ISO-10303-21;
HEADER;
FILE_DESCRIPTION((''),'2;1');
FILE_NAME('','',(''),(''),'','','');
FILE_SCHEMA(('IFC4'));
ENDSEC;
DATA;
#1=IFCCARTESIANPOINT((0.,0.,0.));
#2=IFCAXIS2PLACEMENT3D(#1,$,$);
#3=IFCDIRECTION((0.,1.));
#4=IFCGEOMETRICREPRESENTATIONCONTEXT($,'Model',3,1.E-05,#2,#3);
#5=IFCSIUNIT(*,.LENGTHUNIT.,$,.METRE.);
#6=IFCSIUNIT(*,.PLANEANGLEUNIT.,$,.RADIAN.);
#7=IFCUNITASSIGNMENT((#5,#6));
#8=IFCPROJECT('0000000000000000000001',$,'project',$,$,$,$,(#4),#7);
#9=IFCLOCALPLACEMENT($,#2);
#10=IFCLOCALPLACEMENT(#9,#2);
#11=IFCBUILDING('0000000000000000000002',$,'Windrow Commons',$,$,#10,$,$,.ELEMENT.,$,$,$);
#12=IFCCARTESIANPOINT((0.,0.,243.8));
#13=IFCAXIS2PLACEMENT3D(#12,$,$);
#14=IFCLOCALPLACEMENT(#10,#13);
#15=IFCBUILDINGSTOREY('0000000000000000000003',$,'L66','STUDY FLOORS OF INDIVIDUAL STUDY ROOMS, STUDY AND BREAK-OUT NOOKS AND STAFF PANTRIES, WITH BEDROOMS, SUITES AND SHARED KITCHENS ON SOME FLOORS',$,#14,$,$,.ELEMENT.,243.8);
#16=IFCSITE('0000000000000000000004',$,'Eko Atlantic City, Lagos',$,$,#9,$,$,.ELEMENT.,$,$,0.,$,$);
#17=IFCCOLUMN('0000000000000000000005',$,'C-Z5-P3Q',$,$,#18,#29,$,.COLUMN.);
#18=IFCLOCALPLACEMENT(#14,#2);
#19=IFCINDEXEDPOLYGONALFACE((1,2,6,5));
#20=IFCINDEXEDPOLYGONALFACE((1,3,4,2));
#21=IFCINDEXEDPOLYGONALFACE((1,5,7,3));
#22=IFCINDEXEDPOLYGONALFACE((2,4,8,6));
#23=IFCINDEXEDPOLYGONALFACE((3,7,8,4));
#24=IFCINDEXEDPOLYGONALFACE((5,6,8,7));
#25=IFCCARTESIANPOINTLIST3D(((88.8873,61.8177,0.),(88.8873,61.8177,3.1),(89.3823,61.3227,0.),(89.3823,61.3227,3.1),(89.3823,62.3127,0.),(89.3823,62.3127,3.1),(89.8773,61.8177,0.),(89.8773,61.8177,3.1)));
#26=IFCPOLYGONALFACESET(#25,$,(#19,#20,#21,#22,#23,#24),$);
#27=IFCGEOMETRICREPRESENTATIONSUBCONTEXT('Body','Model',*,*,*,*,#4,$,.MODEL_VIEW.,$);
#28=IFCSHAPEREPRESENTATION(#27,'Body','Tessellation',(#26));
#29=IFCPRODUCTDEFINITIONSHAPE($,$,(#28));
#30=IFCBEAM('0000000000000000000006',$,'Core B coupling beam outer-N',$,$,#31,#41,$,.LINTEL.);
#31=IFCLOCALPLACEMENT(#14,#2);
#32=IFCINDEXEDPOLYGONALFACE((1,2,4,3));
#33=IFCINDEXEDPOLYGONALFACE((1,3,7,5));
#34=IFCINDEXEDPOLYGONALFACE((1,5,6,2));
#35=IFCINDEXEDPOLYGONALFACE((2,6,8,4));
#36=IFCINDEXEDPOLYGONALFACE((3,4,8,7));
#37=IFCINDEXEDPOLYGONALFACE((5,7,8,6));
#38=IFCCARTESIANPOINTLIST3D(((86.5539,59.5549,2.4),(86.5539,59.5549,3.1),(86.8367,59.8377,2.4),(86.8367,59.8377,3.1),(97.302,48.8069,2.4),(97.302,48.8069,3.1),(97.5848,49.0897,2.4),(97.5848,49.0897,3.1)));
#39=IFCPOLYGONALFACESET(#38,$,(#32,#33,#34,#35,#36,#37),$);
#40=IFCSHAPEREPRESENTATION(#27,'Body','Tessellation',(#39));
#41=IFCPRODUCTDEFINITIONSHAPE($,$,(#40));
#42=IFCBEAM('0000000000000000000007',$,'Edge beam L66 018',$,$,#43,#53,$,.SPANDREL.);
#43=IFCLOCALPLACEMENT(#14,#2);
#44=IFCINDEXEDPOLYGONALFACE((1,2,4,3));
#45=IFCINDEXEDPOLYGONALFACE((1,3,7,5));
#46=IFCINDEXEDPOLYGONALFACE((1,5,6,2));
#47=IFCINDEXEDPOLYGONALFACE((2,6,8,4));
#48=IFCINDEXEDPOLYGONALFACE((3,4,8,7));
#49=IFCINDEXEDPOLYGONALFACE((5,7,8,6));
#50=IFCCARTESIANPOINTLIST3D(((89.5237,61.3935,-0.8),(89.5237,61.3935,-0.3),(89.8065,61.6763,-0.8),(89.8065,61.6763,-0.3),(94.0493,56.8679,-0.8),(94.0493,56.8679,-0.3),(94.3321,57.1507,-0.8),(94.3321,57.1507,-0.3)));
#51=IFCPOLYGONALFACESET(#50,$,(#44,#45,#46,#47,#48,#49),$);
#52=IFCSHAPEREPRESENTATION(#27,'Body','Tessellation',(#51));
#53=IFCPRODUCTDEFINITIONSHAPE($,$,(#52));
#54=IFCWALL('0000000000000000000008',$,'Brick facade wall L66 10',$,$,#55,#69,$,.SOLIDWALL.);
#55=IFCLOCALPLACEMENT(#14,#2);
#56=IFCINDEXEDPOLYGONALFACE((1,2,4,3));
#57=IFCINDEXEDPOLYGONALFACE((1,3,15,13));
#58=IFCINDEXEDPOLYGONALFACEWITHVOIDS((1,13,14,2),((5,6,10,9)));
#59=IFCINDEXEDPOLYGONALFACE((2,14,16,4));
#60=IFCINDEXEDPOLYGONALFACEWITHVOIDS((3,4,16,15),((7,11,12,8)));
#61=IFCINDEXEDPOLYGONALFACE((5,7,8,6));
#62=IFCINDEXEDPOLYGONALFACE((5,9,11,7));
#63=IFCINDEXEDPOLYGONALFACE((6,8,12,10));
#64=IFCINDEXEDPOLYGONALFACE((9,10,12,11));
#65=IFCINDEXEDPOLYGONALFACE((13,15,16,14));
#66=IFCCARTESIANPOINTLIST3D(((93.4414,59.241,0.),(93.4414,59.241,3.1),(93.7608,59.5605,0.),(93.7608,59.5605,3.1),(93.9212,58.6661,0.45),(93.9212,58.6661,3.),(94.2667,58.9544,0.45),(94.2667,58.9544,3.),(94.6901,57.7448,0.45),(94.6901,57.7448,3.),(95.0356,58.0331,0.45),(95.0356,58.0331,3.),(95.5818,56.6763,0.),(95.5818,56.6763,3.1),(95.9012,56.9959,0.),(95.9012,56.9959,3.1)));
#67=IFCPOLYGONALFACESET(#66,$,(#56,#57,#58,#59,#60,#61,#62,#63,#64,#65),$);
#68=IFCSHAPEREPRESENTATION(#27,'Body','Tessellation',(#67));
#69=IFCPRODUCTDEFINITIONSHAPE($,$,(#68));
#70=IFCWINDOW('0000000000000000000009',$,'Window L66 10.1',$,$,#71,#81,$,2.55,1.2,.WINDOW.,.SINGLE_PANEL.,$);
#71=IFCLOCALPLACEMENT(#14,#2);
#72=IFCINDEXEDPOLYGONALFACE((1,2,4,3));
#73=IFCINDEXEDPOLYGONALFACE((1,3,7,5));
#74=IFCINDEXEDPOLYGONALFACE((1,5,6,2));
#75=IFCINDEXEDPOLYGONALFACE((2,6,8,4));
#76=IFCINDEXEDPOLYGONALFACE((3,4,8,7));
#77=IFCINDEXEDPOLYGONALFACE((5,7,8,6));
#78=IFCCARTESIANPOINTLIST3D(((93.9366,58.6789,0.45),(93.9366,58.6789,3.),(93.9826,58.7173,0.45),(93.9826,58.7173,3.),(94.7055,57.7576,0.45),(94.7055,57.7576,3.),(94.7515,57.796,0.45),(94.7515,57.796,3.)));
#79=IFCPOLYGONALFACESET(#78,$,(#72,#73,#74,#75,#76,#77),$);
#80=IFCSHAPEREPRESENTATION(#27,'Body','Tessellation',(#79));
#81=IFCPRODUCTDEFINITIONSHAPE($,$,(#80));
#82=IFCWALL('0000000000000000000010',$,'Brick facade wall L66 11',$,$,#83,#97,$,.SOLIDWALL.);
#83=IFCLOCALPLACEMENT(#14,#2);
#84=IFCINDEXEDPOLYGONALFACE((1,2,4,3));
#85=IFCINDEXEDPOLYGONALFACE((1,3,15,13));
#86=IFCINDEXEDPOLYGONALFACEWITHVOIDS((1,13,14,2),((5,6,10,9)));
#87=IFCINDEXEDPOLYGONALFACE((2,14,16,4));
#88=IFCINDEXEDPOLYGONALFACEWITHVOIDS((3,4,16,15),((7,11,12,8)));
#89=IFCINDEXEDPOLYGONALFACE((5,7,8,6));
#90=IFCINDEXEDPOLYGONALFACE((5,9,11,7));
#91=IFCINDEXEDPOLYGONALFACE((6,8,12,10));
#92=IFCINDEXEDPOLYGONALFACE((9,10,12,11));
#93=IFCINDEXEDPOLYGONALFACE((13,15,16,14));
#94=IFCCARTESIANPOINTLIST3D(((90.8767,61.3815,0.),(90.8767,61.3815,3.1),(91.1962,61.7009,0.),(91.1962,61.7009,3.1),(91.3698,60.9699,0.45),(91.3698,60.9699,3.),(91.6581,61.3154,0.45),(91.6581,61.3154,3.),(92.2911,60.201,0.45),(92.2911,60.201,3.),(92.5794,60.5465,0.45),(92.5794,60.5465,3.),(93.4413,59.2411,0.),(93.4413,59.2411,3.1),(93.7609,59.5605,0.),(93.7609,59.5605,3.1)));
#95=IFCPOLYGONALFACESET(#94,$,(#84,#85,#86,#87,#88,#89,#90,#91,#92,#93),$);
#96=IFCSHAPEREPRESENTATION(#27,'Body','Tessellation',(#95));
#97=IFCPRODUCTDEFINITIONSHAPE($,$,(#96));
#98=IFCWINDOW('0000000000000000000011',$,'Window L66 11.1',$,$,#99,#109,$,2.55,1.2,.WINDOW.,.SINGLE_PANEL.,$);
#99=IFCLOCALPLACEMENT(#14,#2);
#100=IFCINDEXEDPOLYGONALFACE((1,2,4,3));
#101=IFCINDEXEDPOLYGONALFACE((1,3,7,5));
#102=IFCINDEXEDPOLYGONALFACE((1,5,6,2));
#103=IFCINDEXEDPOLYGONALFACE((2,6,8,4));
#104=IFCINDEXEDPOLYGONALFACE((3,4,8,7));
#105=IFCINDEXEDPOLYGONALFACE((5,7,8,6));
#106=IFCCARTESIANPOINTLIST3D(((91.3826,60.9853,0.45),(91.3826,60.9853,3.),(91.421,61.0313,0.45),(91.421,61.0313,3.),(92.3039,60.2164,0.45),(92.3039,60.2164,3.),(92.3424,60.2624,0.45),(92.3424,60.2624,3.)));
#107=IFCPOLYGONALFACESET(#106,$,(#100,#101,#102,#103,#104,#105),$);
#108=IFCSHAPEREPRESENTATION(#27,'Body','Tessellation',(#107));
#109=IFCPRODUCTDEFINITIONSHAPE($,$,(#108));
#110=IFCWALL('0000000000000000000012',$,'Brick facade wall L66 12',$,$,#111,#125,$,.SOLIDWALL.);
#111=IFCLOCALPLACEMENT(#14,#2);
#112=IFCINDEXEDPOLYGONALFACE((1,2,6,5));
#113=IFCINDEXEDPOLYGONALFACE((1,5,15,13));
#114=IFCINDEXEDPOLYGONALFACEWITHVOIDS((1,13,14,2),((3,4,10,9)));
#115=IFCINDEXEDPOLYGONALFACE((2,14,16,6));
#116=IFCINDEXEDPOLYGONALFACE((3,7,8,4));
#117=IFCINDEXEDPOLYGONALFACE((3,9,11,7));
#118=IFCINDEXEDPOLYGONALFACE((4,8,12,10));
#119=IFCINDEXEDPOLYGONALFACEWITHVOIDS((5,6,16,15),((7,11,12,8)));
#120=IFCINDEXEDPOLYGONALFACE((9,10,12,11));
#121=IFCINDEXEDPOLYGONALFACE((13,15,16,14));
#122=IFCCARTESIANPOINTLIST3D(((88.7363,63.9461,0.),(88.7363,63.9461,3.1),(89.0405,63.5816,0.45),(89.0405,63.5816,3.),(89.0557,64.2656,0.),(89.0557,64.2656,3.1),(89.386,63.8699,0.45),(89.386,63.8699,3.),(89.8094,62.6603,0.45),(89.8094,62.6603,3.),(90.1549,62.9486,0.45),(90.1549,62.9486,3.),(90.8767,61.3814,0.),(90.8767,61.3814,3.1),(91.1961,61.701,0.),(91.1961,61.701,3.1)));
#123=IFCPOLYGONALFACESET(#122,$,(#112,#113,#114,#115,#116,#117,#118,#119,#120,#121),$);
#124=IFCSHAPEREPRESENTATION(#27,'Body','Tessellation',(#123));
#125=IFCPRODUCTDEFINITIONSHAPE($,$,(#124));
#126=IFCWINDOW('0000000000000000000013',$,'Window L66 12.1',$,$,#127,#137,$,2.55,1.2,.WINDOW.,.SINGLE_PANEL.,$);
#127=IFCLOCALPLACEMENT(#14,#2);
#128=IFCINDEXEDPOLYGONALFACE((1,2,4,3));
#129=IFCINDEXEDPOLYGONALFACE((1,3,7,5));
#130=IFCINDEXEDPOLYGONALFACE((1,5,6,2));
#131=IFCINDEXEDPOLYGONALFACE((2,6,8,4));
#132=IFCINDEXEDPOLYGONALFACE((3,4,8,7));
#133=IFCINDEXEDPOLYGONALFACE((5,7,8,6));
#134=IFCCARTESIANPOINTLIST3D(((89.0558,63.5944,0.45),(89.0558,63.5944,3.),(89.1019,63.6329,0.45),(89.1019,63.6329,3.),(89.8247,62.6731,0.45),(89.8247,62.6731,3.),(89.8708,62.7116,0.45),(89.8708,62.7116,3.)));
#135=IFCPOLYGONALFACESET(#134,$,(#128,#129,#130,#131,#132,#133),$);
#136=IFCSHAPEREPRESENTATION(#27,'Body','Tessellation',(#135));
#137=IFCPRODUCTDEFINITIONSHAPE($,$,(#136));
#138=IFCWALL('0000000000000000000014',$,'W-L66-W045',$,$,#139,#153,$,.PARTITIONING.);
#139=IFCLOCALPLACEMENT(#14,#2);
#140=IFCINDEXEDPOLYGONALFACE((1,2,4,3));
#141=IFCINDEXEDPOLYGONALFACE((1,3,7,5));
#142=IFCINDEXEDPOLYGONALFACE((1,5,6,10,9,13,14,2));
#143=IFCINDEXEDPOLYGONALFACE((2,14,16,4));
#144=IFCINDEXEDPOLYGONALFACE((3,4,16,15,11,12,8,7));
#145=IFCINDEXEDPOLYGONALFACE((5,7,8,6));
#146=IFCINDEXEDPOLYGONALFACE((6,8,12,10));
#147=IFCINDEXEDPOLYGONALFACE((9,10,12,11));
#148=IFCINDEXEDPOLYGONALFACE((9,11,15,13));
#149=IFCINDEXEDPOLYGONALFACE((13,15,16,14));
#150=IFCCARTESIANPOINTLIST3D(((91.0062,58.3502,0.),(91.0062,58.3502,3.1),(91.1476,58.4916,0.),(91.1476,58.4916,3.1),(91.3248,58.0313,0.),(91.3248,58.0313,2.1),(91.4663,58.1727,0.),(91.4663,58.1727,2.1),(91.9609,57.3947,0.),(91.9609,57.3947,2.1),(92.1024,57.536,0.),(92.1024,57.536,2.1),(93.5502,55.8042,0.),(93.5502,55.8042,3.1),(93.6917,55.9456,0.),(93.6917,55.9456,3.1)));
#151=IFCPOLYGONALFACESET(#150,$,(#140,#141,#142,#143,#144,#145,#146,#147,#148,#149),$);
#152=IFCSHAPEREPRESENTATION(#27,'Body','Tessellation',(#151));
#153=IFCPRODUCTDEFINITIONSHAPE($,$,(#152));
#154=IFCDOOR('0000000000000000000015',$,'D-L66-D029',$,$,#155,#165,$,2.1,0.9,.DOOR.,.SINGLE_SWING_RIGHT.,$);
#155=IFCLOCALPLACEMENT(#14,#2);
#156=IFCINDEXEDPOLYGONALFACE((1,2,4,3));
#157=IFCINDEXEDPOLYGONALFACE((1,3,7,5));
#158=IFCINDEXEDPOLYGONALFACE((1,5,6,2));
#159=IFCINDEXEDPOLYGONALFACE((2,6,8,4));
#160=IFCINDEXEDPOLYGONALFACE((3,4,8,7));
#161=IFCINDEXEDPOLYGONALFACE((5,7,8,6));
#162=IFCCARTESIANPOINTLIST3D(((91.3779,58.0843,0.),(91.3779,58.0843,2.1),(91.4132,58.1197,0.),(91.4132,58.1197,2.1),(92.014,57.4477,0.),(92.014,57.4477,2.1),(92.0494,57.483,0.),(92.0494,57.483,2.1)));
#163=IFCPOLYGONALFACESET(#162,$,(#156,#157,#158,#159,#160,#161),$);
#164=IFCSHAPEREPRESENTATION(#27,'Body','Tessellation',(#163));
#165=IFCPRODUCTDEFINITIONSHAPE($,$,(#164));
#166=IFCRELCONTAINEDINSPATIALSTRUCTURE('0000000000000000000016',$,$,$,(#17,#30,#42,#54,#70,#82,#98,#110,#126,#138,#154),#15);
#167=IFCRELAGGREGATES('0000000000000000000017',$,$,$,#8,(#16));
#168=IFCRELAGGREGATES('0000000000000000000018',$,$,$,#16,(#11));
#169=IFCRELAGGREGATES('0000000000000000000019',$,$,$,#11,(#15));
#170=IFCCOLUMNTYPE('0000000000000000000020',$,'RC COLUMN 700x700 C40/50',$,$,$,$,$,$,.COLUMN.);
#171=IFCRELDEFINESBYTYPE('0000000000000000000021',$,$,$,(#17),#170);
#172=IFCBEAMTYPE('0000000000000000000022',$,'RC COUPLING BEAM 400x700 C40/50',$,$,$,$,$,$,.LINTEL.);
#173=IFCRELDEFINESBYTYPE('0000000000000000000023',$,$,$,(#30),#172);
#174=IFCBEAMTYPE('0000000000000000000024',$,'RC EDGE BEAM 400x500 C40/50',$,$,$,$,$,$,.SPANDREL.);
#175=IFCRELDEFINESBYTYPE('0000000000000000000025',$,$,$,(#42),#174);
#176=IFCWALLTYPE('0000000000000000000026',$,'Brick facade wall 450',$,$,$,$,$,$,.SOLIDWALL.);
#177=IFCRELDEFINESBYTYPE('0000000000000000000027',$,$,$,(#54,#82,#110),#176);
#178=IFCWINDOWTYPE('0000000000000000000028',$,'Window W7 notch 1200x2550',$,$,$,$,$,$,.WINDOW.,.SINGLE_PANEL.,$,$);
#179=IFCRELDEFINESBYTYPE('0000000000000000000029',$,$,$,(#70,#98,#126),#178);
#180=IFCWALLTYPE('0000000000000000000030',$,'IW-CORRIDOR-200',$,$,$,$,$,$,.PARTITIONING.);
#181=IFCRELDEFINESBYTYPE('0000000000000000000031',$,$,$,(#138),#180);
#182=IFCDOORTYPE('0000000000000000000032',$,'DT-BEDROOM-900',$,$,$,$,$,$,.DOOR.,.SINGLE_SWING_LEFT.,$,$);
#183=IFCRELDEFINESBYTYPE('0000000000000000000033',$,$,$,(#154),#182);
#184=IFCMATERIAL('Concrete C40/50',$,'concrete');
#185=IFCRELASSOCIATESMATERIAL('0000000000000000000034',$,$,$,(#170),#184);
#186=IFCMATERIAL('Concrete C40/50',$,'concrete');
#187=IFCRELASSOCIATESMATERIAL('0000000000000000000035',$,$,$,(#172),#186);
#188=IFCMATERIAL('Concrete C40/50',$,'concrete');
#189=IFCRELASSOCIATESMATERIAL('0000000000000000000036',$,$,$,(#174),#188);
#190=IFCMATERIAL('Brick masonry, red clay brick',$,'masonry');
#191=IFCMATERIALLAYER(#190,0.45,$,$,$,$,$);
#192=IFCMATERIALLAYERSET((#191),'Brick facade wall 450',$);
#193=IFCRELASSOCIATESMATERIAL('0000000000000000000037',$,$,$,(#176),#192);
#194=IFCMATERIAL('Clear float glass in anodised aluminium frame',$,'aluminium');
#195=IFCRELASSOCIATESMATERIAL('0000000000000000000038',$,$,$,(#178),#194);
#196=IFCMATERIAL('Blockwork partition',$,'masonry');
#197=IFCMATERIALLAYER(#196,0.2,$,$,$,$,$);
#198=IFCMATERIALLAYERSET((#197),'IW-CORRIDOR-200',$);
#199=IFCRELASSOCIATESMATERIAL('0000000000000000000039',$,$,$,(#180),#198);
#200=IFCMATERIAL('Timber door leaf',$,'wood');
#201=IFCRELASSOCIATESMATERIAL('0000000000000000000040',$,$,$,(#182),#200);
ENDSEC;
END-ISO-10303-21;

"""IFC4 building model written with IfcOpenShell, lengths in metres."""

from ifc_helpers import new_model, si_unit, direction, frame, frame_2d, origin, origin_2d, place, context, subcontext, project, spatial, polyline, rectangle, outline, extrude, material, layer, layer_set, material_profile, profile_set, type_object, element, fill, save


model = new_model("IFC4")

# Units and contexts
model_context = context("Model", 3, precision=1e-05, world=origin(), true_north=direction((0.0, 1.0)))
body_context = subcontext(model_context, "Body", "Model", "MODEL_VIEW")
ifc_project = project(units=[si_unit("LENGTHUNIT", "METRE"), si_unit("PLANEANGLEUNIT", "RADIAN")], contexts=[model_context])

# Site, building, storey
site_placement = place(None, origin())
site = spatial("IfcSite", under=ifc_project, at=site_placement, Name="Eko Atlantic City, Lagos", CompositionType="ELEMENT", RefElevation=0.0)
building_placement = place(site_placement, origin())
building = spatial("IfcBuilding", under=site, at=building_placement, Name="Windrow Commons", CompositionType="ELEMENT")
storey_placement = place(building_placement, frame((0.0, 0.0, 243.8)))
storey = spatial("IfcBuildingStorey", under=building, at=storey_placement, Name="L66", Description="STUDY FLOORS OF INDIVIDUAL STUDY ROOMS, STUDY AND BREAK-OUT NOOKS AND STAFF PANTRIES, WITH BEDROOMS, SUITES AND SHARED KITCHENS ON SOME FLOORS", CompositionType="ELEMENT", Elevation=243.8)

# Column
ifc_material_1 = material(Name="Concrete C40/50", Category="concrete")
ifc_material_profile_1 = material_profile(ifc_material_1, rectangle(XDim=0.7, YDim=0.7, at=origin_2d()))
ifc_profile_set_1 = profile_set([ifc_material_profile_1], Name="Concrete C40/50")
column_type = type_object("IfcColumnType", Name="RC COLUMN 700x700 C40/50", PredefinedType="COLUMN", material=ifc_profile_set_1)
column_placement = place(storey_placement, frame((89.3823, 61.8177, 0.0), z_axis=(0.0, 0.0, 1.0), x_axis=(0.707107, -0.707107, 0.0)))
element("IfcColumn", 1, at=column_placement, inside=storey, type_object=column_type, Name="C-Z5-P3Q", PredefinedType="COLUMN", context=body_context, shape_type="SweptSolid", body=[
    extrude(rectangle(XDim=0.7, YDim=0.7, at=origin_2d()), origin(), (0.0, 0.0, 1.0), 3.1),
])

# Beams
ifc_material_2 = material(Name="Concrete C40/50", Category="concrete")
ifc_material_profile_2 = material_profile(ifc_material_2, rectangle(XDim=0.4, YDim=0.7, at=origin_2d()))
ifc_profile_set_2 = profile_set([ifc_material_profile_2], Name="Concrete C40/50")
beam_type_1 = type_object("IfcBeamType", Name="RC COUPLING BEAM 400x700 C40/50", PredefinedType="LINTEL", material=ifc_profile_set_2)
beam_1_placement = place(storey_placement, frame((86.6953, 59.6963, 2.75), z_axis=(0.70711, -0.707103, 0.0), x_axis=(0.707103, 0.70711, 0.0)))
element("IfcBeam", 2, at=beam_1_placement, inside=storey, type_object=beam_type_1, Name="Core B coupling beam outer-N", PredefinedType="LINTEL", context=body_context, shape_type="SweptSolid", body=[
    extrude(rectangle(XDim=0.4, YDim=0.7, at=origin_2d()), origin(), (0.0, 0.0, 1.0), 15.2),
])
ifc_material_3 = material(Name="Concrete C40/50", Category="concrete")
ifc_material_profile_3 = material_profile(ifc_material_3, rectangle(XDim=0.4, YDim=0.5, at=origin_2d()))
ifc_profile_set_3 = profile_set([ifc_material_profile_3], Name="Concrete C40/50")
beam_type_2 = type_object("IfcBeamType", Name="RC EDGE BEAM 400x500 C40/50", PredefinedType="SPANDREL", material=ifc_profile_set_3)
beam_2_placement = place(storey_placement, frame((89.6651, 61.5349, -0.55), z_axis=(0.707107, -0.707107, 0.0), x_axis=(0.707107, 0.707107, 0.0)))
element("IfcBeam", 3, at=beam_2_placement, inside=storey, type_object=beam_type_2, Name="Edge beam L66 018", PredefinedType="SPANDREL", context=body_context, shape_type="SweptSolid", body=[
    extrude(rectangle(XDim=0.4, YDim=0.5, at=origin_2d()), origin(), (0.0, 0.0, 1.0), 6.4002),
])

# Walls, openings, windows
ifc_material_4 = material(Name="Brick masonry, red clay brick", Category="masonry")
ifc_layer_1 = layer(ifc_material_4, 0.45)
ifc_layer_set_1 = layer_set([ifc_layer_1], Name="Brick facade wall 450")
wall_type_1 = type_object("IfcWallType", Name="Brick facade wall 450", PredefinedType="SOLIDWALL", material=ifc_layer_set_1)
wall_1_placement = place(storey_placement, frame((95.7415, 56.8361, 0.0), z_axis=(0.0, 0.0, 1.0), x_axis=(-0.640741, 0.767757, 0.0)))
wall_1 = element("IfcWall", 4, at=wall_1_placement, inside=storey, type_object=wall_type_1, Name="Brick facade wall L66 10", PredefinedType="SOLIDWALL", context=body_context, shape_type="SweptSolid", body=[
    extrude(outline(polyline([(0.0203, -0.225), (3.3608, -0.225), (3.3202, 0.225), (-0.0203, 0.225), (0.0203, -0.225)])), origin(), (0.0, 0.0, 1.0), 3.1),
])
opening_1_placement = place(wall_1_placement, frame((1.3713, 0.0, 0.45)))
opening_1 = element("IfcOpeningElement", 5, at=opening_1_placement, cuts=wall_1, PredefinedType="OPENING", context=body_context, shape_type="SweptSolid", body=[
    extrude(rectangle(XDim=1.2, YDim=2.55, at=frame_2d((0.6, 1.275))), frame((0.0, 0.235, 0.0), z_axis=(0.0, -1.0, 0.0), x_axis=(1.0, 0.0, 0.0)), (0.0, 0.0, 1.0), 0.47),
])
ifc_material_5 = material(Name="Clear float glass in anodised aluminium frame", Category="aluminium")
window_type = type_object("IfcWindowType", Name="Window W7 notch 1200x2550", PartitioningType="SINGLE_PANEL", PredefinedType="WINDOW", material=ifc_material_5)
window_1_placement = place(opening_1_placement, origin())
window_1 = element("IfcWindow", 6, at=window_1_placement, inside=storey, type_object=window_type, Name="Window L66 10.1", OverallHeight=2.55, OverallWidth=1.2, PartitioningType="SINGLE_PANEL", PredefinedType="WINDOW", context=body_context, shape_type="SweptSolid", body=[
    extrude(rectangle(XDim=1.2, YDim=2.55, at=frame_2d((0.6, 1.275))), frame((0.0, 0.205, 0.0), z_axis=(0.0, -1.0, 0.0), x_axis=(1.0, 0.0, 0.0)), (0.0, 0.0, 1.0), 0.06),
])
fill(opening_1, window_1)
wall_2_placement = place(storey_placement, frame((93.6011, 59.4008, 0.0), z_axis=(0.0, 0.0, 1.0), x_axis=(-0.767757, 0.640741, 0.0)))
wall_2 = element("IfcWall", 7, at=wall_2_placement, inside=storey, type_object=wall_type_1, Name="Brick facade wall L66 11", PredefinedType="SOLIDWALL", context=body_context, shape_type="SweptSolid", body=[
    extrude(outline(polyline([(-0.0203, -0.225), (3.3202, -0.225), (3.3608, 0.225), (0.0203, 0.225), (-0.0203, -0.225)])), origin(), (0.0, 0.0, 1.0), 3.1),
])
opening_2_placement = place(wall_2_placement, frame((1.5185, 0.0, 0.45)))
opening_2 = element("IfcOpeningElement", 8, at=opening_2_placement, cuts=wall_2, PredefinedType="OPENING", context=body_context, shape_type="SweptSolid", body=[
    extrude(rectangle(XDim=1.2, YDim=2.55, at=frame_2d((0.6, 1.275))), frame((0.0, 0.235, 0.0), z_axis=(0.0, -1.0, 0.0), x_axis=(1.0, 0.0, 0.0)), (0.0, 0.0, 1.0), 0.47),
])
window_2_placement = place(opening_2_placement, origin())
window_2 = element("IfcWindow", 9, at=window_2_placement, inside=storey, type_object=window_type, Name="Window L66 11.1", OverallHeight=2.55, OverallWidth=1.2, PartitioningType="SINGLE_PANEL", PredefinedType="WINDOW", context=body_context, shape_type="SweptSolid", body=[
    extrude(rectangle(XDim=1.2, YDim=2.55, at=frame_2d((0.6, 1.275))), frame((0.0, 0.205, 0.0), z_axis=(0.0, -1.0, 0.0), x_axis=(1.0, 0.0, 0.0)), (0.0, 0.0, 1.0), 0.06),
])
fill(opening_2, window_2)
wall_3_placement = place(storey_placement, frame((91.0364, 61.5412, 0.0), z_axis=(0.0, 0.0, 1.0), x_axis=(-0.640741, 0.767757, 0.0)))
wall_3 = element("IfcWall", 10, at=wall_3_placement, inside=storey, type_object=wall_type_1, Name="Brick facade wall L66 12", PredefinedType="SOLIDWALL", context=body_context, shape_type="SweptSolid", body=[
    extrude(outline(polyline([(0.0203, -0.225), (3.3608, -0.225), (3.3202, 0.225), (-0.0203, 0.225), (0.0203, -0.225)])), origin(), (0.0, 0.0, 1.0), 3.1),
])
opening_3_placement = place(wall_3_placement, frame((1.6454, 0.0, 0.45)))
opening_3 = element("IfcOpeningElement", 11, at=opening_3_placement, cuts=wall_3, PredefinedType="OPENING", context=body_context, shape_type="SweptSolid", body=[
    extrude(rectangle(XDim=1.2, YDim=2.55, at=frame_2d((0.6, 1.275))), frame((0.0, 0.235, 0.0), z_axis=(0.0, -1.0, 0.0), x_axis=(1.0, 0.0, 0.0)), (0.0, 0.0, 1.0), 0.47),
])
window_3_placement = place(opening_3_placement, origin())
window_3 = element("IfcWindow", 12, at=window_3_placement, inside=storey, type_object=window_type, Name="Window L66 12.1", OverallHeight=2.55, OverallWidth=1.2, PartitioningType="SINGLE_PANEL", PredefinedType="WINDOW", context=body_context, shape_type="SweptSolid", body=[
    extrude(rectangle(XDim=1.2, YDim=2.55, at=frame_2d((0.6, 1.275))), frame((0.0, 0.205, 0.0), z_axis=(0.0, -1.0, 0.0), x_axis=(1.0, 0.0, 0.0)), (0.0, 0.0, 1.0), 0.06),
])
fill(opening_3, window_3)

# Wall, opening, door
ifc_material_6 = material(Name="Blockwork partition", Category="masonry")
ifc_layer_2 = layer(ifc_material_6, 0.2)
ifc_layer_set_2 = layer_set([ifc_layer_2], Name="IW-CORRIDOR-200")
wall_type_2 = type_object("IfcWallType", Name="IW-CORRIDOR-200", PredefinedType="PARTITIONING", material=ifc_layer_set_2)
wall_4_placement = place(storey_placement, frame((91.0769, 58.4209, 0.0), z_axis=(0.0, 0.0, 1.0), x_axis=(0.706829, -0.707385, 0.0)))
wall_4 = element("IfcWall", 13, at=wall_4_placement, inside=storey, type_object=wall_type_2, Name="W-L66-W045", PredefinedType="PARTITIONING", context=body_context, shape_type="SweptSolid", body=[
    extrude(rectangle(XDim=3.5992, YDim=0.2, at=frame_2d((1.7996, 0.0))), origin(), (0.0, 0.0, 1.0), 3.1),
])
opening_4_placement = place(wall_4_placement, frame((0.4508, 0.0, 0.0)))
opening_4 = element("IfcOpeningElement", 14, at=opening_4_placement, cuts=wall_4, PredefinedType="OPENING", context=body_context, shape_type="SweptSolid", body=[
    extrude(rectangle(XDim=0.9, YDim=2.1, at=frame_2d((0.45, 1.05))), frame((0.0, 0.11, 0.0), z_axis=(0.0, -1.0, 0.0), x_axis=(1.0, 0.0, 0.0)), (0.0, 0.0, 1.0), 0.22),
])
ifc_material_7 = material(Name="Timber door leaf", Category="wood")
door_type_1 = type_object("IfcDoorType", Name="DT-BEDROOM-900", OperationType="SINGLE_SWING_LEFT", PredefinedType="DOOR", material=ifc_material_7)
door_1_placement = place(opening_4_placement, origin())
door_1 = element("IfcDoor", 15, at=door_1_placement, inside=storey, type_object=door_type_1, Name="D-L66-D029", OperationType="SINGLE_SWING_RIGHT", OverallHeight=2.1, OverallWidth=0.9, PredefinedType="DOOR", context=body_context, shape_type="SweptSolid", body=[
    extrude(rectangle(XDim=0.9, YDim=2.1, at=frame_2d((0.45, 1.05))), frame((0.0, 0.025, 0.0), z_axis=(0.0, -1.0, 0.0), x_axis=(1.0, 0.0, 0.0)), (0.0, 0.0, 1.0), 0.05),
])
fill(opening_4, door_1)

save(model, "model.ifc")
